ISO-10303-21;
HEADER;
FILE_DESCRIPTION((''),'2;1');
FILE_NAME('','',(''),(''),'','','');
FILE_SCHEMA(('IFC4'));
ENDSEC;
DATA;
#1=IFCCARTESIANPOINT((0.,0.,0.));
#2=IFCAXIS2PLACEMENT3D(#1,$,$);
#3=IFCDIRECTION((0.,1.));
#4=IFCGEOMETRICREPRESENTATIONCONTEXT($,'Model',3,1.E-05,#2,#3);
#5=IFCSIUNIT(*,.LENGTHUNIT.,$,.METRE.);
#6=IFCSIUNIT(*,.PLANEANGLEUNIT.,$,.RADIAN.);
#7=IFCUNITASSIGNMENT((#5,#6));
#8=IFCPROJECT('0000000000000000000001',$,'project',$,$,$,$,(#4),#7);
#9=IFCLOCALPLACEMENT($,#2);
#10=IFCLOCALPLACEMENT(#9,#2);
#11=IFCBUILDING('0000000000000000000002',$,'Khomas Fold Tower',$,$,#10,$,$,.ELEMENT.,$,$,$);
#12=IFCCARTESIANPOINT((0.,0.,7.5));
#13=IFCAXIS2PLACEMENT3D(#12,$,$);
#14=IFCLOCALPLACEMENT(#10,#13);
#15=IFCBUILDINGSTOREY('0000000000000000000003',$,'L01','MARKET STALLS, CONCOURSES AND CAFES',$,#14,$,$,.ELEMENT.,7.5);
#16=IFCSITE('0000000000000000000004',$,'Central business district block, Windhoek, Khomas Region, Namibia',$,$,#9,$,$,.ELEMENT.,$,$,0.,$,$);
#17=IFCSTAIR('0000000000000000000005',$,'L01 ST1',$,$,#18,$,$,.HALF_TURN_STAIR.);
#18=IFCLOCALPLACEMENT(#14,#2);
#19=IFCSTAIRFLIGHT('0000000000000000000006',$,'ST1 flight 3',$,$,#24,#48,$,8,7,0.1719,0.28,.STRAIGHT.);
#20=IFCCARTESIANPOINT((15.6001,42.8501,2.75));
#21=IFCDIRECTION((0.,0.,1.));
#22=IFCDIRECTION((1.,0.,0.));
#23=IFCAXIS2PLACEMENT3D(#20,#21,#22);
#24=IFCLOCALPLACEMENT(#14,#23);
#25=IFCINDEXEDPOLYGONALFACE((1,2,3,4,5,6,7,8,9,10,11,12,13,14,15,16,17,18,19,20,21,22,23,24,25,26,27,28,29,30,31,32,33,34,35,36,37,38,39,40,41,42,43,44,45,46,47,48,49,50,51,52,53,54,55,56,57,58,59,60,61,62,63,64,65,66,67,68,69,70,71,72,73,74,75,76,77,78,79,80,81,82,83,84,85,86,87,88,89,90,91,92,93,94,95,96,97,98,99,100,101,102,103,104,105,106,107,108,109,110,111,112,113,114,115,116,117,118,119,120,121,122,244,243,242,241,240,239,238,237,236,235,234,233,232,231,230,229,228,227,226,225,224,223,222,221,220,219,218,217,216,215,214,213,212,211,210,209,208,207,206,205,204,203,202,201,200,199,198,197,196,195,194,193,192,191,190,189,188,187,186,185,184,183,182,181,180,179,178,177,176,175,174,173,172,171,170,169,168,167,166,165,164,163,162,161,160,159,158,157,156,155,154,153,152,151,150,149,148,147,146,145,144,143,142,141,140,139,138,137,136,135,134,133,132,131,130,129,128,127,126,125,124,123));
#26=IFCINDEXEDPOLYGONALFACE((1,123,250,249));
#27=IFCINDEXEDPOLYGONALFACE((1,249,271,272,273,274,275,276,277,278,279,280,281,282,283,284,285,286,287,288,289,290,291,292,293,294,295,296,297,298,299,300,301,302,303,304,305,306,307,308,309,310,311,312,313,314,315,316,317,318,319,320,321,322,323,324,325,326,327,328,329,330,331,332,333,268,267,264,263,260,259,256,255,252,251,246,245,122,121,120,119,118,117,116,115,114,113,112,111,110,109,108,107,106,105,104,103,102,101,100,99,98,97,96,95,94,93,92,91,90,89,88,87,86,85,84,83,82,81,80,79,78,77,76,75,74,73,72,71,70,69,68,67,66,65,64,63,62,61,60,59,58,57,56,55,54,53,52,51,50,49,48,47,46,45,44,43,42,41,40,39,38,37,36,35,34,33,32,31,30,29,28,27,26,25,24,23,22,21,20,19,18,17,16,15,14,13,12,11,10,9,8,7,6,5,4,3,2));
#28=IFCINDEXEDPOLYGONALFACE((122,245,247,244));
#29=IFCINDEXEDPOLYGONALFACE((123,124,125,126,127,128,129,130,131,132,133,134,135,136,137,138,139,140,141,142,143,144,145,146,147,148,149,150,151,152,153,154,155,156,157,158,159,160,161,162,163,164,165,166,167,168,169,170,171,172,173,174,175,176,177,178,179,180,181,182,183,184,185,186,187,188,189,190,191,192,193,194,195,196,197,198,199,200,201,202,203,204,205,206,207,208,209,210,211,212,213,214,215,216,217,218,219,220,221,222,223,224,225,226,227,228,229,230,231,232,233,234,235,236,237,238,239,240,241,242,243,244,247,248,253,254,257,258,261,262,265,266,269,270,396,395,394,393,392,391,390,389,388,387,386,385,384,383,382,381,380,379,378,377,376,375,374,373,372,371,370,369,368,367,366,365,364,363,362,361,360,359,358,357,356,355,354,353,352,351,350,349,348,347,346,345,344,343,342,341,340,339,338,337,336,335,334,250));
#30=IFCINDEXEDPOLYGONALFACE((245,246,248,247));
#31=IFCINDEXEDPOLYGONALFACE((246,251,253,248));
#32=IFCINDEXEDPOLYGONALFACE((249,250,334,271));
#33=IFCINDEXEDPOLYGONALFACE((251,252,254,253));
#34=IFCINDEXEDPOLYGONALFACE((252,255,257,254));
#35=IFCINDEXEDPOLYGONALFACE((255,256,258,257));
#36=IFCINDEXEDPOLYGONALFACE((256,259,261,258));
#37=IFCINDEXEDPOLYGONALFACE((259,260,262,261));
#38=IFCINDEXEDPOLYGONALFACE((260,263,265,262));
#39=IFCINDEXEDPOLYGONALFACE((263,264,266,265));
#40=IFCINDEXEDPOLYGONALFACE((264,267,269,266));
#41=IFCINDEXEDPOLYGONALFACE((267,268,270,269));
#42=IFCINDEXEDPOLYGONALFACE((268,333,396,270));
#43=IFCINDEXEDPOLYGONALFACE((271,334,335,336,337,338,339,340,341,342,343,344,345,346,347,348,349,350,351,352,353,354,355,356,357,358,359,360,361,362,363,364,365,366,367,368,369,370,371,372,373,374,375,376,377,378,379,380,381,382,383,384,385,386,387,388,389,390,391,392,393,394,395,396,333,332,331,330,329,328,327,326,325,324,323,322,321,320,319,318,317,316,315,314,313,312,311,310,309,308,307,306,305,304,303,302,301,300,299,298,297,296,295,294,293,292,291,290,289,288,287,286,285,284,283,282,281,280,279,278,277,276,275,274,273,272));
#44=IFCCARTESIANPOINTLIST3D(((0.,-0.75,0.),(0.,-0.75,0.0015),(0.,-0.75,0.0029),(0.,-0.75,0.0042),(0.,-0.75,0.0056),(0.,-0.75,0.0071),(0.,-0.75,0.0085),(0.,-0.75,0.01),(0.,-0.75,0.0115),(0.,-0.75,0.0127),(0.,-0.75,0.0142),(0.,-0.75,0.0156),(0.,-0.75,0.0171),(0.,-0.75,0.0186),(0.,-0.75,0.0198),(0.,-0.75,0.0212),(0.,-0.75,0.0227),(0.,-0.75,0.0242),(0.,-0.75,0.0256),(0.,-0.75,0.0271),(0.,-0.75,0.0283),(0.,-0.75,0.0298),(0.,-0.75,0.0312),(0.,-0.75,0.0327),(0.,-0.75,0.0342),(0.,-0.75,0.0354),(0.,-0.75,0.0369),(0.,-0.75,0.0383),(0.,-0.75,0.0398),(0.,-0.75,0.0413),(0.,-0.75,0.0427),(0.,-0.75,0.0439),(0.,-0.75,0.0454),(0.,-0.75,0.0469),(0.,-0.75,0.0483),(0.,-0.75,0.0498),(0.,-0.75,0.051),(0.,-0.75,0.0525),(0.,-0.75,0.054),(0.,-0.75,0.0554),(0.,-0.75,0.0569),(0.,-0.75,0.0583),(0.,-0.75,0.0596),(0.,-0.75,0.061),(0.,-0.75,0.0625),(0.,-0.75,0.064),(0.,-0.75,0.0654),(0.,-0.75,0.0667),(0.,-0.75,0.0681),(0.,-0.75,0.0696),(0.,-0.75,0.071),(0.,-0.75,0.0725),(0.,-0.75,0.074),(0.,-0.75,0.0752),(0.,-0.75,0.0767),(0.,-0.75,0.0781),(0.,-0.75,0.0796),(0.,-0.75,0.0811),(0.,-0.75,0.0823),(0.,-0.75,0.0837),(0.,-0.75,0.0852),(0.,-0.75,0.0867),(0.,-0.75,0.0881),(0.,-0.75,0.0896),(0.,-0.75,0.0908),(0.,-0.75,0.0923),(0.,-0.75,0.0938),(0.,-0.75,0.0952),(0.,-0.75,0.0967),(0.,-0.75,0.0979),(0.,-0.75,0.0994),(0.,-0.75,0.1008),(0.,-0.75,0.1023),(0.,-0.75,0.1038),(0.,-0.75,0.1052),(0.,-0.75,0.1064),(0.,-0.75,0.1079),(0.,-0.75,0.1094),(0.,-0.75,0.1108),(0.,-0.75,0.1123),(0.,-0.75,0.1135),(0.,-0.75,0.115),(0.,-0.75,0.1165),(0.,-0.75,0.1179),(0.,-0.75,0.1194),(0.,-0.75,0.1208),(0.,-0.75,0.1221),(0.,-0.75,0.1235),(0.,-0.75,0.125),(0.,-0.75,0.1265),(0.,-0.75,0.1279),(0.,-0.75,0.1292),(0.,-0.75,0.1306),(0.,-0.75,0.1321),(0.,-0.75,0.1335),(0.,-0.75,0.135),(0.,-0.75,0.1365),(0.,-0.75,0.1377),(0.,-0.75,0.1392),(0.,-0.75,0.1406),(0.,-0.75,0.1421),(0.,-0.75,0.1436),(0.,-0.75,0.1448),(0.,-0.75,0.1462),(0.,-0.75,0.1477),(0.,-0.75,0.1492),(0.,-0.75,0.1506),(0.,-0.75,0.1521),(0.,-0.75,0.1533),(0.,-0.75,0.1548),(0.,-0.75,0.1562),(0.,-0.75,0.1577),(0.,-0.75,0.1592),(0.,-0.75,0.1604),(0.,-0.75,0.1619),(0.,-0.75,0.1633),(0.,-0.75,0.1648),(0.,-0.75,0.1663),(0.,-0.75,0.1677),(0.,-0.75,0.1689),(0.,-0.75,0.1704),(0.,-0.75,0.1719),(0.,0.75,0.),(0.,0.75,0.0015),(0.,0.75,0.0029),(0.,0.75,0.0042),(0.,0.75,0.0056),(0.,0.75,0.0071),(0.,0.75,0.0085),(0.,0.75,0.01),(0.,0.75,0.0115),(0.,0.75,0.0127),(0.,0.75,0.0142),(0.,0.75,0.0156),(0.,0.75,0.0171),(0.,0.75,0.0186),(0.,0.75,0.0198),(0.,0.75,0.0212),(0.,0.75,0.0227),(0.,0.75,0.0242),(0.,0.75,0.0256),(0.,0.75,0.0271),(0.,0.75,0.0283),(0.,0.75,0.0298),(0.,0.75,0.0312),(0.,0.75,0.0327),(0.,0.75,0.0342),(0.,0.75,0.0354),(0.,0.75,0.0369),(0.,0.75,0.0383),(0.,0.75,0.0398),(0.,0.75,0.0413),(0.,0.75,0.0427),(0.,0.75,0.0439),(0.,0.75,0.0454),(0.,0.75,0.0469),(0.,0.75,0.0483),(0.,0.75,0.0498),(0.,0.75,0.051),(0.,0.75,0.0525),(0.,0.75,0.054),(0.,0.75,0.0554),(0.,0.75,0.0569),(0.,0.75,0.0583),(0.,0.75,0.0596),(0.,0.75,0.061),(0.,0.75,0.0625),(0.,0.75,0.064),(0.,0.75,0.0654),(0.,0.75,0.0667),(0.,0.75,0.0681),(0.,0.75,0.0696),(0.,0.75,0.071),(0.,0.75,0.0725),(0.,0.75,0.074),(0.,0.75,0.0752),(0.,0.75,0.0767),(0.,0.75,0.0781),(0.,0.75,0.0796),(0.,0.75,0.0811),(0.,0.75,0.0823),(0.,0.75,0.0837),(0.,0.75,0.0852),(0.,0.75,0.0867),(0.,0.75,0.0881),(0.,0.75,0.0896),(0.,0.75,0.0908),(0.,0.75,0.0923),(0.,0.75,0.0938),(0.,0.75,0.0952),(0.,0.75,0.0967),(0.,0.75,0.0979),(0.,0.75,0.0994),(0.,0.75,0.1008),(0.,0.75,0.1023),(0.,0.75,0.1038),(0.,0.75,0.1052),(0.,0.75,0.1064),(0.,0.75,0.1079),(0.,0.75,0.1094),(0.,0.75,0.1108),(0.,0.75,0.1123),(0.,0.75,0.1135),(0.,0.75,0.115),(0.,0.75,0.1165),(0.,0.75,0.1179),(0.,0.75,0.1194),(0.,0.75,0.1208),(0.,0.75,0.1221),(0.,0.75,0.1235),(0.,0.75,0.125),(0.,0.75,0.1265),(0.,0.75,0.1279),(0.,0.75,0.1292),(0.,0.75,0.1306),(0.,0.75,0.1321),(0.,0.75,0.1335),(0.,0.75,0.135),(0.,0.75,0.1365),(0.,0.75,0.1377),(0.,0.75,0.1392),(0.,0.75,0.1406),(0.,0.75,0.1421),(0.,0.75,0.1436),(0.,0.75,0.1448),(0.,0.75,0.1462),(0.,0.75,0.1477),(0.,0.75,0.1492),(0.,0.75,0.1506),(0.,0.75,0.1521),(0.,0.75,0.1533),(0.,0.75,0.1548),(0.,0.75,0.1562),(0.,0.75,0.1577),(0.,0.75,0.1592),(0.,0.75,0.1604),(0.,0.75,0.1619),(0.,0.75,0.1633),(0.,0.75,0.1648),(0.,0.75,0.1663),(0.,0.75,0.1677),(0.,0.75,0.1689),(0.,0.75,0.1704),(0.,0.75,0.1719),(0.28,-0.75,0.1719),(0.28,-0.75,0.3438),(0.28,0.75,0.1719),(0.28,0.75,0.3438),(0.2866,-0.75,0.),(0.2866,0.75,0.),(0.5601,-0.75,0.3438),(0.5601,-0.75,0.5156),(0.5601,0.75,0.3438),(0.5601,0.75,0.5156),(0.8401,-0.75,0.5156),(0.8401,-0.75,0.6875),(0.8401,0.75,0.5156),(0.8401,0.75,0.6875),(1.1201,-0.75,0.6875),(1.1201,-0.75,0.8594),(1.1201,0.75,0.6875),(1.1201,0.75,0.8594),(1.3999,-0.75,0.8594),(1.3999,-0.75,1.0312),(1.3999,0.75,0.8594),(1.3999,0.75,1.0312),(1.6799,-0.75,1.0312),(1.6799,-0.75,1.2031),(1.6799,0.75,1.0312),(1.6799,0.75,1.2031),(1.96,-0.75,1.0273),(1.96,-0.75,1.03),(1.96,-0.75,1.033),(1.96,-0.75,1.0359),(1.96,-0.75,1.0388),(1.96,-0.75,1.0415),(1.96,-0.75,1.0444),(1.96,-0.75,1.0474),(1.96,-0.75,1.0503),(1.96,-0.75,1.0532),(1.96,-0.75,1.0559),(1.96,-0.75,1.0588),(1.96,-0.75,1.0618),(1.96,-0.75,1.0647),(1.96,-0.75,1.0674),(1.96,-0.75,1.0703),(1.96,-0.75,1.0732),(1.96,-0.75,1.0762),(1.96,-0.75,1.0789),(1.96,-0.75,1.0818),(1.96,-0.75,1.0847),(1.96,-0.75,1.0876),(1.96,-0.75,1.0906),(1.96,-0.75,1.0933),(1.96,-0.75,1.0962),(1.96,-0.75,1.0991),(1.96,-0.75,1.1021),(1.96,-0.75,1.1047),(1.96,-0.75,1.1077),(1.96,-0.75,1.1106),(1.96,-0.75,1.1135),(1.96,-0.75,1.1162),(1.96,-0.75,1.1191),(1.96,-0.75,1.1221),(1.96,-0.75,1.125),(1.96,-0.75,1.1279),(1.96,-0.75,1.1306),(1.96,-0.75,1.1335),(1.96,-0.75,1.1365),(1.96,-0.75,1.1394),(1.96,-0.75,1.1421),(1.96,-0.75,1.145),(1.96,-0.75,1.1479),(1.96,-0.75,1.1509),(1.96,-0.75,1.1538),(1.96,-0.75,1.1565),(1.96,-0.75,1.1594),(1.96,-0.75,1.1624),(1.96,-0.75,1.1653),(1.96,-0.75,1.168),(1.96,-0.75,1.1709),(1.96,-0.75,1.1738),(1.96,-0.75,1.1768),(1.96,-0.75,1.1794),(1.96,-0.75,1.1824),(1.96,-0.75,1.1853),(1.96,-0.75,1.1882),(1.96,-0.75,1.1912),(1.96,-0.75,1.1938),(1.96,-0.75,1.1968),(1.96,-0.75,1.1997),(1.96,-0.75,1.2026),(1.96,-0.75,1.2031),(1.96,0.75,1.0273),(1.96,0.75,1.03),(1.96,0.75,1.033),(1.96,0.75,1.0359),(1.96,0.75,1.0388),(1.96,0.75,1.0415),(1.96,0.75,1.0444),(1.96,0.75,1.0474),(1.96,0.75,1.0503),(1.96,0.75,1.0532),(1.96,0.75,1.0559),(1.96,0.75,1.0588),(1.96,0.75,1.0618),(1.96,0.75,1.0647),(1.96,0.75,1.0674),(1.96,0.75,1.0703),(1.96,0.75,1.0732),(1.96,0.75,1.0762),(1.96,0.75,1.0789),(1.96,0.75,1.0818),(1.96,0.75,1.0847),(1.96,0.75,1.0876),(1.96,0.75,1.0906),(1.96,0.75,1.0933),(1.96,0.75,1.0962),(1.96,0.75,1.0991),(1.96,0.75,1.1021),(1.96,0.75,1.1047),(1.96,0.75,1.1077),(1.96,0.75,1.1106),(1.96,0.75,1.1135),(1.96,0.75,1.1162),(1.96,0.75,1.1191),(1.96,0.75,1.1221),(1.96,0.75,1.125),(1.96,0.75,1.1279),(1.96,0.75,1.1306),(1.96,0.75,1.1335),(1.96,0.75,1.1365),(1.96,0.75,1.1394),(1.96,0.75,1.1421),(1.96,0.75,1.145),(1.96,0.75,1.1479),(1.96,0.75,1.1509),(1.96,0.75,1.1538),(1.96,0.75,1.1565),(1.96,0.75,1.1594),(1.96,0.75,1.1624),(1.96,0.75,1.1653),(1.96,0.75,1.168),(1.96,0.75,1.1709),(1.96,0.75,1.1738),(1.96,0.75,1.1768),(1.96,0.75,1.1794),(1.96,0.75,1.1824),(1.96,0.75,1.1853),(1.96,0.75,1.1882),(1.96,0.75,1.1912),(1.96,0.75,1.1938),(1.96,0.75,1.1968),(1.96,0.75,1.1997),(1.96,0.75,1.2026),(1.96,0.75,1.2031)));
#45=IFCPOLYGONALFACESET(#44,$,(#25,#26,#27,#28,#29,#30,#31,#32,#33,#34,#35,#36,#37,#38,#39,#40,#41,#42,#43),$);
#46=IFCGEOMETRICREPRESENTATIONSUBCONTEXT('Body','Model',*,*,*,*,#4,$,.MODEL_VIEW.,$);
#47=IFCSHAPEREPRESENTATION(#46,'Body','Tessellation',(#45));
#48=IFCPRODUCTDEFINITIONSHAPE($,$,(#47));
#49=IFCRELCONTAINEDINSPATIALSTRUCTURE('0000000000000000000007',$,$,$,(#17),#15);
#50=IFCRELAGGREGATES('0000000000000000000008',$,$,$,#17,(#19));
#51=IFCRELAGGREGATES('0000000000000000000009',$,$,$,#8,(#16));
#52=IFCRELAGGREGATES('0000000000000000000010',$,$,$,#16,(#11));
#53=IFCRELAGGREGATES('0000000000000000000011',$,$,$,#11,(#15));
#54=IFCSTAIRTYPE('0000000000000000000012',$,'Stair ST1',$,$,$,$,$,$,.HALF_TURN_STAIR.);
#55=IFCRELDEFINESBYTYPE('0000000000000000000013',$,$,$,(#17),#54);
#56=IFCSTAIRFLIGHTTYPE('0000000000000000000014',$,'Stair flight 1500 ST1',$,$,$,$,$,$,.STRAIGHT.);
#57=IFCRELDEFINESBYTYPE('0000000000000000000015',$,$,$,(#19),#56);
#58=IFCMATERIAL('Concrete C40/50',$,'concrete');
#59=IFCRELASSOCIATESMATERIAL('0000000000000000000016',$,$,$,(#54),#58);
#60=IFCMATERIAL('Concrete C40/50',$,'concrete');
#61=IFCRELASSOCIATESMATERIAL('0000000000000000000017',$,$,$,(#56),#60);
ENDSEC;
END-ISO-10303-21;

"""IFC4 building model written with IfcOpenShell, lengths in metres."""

from ifc_helpers import new_model, si_unit, direction, frame, origin, place, context, subcontext, project, spatial, polyline, outline, extrude, source, transform, mapped, material, type_object, element, aggregate, save


model = new_model("IFC4")

# Units and contexts
model_context = context("Model", 3, precision=1e-05, world=origin(), true_north=direction((0.0, 1.0)))
body_context = subcontext(model_context, "Body", "Model", "MODEL_VIEW")
ifc_project = project(units=[si_unit("LENGTHUNIT", "METRE"), si_unit("PLANEANGLEUNIT", "RADIAN")], contexts=[model_context])

# Site, building, storey
site_placement = place(None, origin())
site = spatial("IfcSite", under=ifc_project, at=site_placement, Name="Central business district block, Windhoek, Khomas Region, Namibia", CompositionType="ELEMENT", RefElevation=0.0)
building_placement = place(site_placement, origin())
building = spatial("IfcBuilding", under=site, at=building_placement, Name="Khomas Fold Tower", CompositionType="ELEMENT")
storey_placement = place(building_placement, frame((0.0, 0.0, 7.5)))
storey = spatial("IfcBuildingStorey", under=building, at=storey_placement, Name="L01", Description="MARKET STALLS, CONCOURSES AND CAFES", CompositionType="ELEMENT", Elevation=7.5)

# Stair, stair flight
ifc_material_1 = material(Name="Concrete C40/50", Category="concrete")
stair_type = type_object("IfcStairType", Name="Stair ST1", PredefinedType="HALF_TURN_STAIR", material=ifc_material_1)
stair_placement = place(storey_placement, origin())
stair = element("IfcStair", 1, at=stair_placement, inside=storey, type_object=stair_type, Name="L01 ST1", PredefinedType="HALF_TURN_STAIR")
ifc_material_2 = material(Name="Concrete C40/50", Category="concrete")
stair_flight_type = type_object("IfcStairFlightType", Name="Stair flight 1500 ST1", PredefinedType="STRAIGHT", material=ifc_material_2)
shared_shape_1 = source(origin(), body_context, "Body", "SweptSolid", [
    extrude(outline(polyline([(0.0, 0.0), (0.0, 0.0015), (0.0, 0.0029), (0.0, 0.0042), (0.0, 0.0056), (0.0, 0.0071), (0.0, 0.0085), (0.0, 0.01), (0.0, 0.0115), (0.0, 0.0127), (0.0, 0.0142), (0.0, 0.0156), (0.0, 0.0171), (0.0, 0.0186), (0.0, 0.0198), (0.0, 0.0212), (0.0, 0.0227), (0.0, 0.0242), (0.0, 0.0256), (0.0, 0.0271), (0.0, 0.0283), (0.0, 0.0298), (0.0, 0.0312), (0.0, 0.0327), (0.0, 0.0342), (0.0, 0.0354), (0.0, 0.0369), (0.0, 0.0383), (0.0, 0.0398), (0.0, 0.0413), (0.0, 0.0427), (0.0, 0.0439), (0.0, 0.0454), (0.0, 0.0469), (0.0, 0.0483), (0.0, 0.0498), (0.0, 0.051), (0.0, 0.0525), (0.0, 0.054), (0.0, 0.0554), (0.0, 0.0569), (0.0, 0.0583), (0.0, 0.0596), (0.0, 0.061), (0.0, 0.0625), (0.0, 0.064), (0.0, 0.0654), (0.0, 0.0667), (0.0, 0.0681), (0.0, 0.0696), (0.0, 0.071), (0.0, 0.0725), (0.0, 0.074), (0.0, 0.0752), (0.0, 0.0767), (0.0, 0.0781), (0.0, 0.0796), (0.0, 0.0811), (0.0, 0.0823), (0.0, 0.0837), (0.0, 0.0852), (0.0, 0.0867), (0.0, 0.0881), (0.0, 0.0896), (0.0, 0.0908), (0.0, 0.0923), (0.0, 0.0938), (0.0, 0.0952), (0.0, 0.0967), (0.0, 0.0979), (0.0, 0.0994), (0.0, 0.1008), (0.0, 0.1023), (0.0, 0.1038), (0.0, 0.1052), (0.0, 0.1064), (0.0, 0.1079), (0.0, 0.1094), (0.0, 0.1108), (0.0, 0.1123), (0.0, 0.1135), (0.0, 0.115), (0.0, 0.1165), (0.0, 0.1179), (0.0, 0.1194), (0.0, 0.1208), (0.0, 0.1221), (0.0, 0.1235), (0.0, 0.125), (0.0, 0.1265), (0.0, 0.1279), (0.0, 0.1292), (0.0, 0.1306), (0.0, 0.1321), (0.0, 0.1335), (0.0, 0.135), (0.0, 0.1365), (0.0, 0.1377), (0.0, 0.1392), (0.0, 0.1406), (0.0, 0.1421), (0.0, 0.1436), (0.0, 0.1448), (0.0, 0.1462), (0.0, 0.1477), (0.0, 0.1492), (0.0, 0.1506), (0.0, 0.1521), (0.0, 0.1533), (0.0, 0.1548), (0.0, 0.1562), (0.0, 0.1577), (0.0, 0.1592), (0.0, 0.1604), (0.0, 0.1619), (0.0, 0.1633), (0.0, 0.1648), (0.0, 0.1663), (0.0, 0.1677), (0.0, 0.1689), (0.0, 0.1704), (0.0, 0.1719), (0.28, 0.1719), (0.28, 0.3438), (0.5601, 0.3438), (0.5601, 0.5156), (0.8401, 0.5156), (0.8401, 0.6875), (1.1201, 0.6875), (1.1201, 0.8594), (1.3999, 0.8594), (1.3999, 1.0312), (1.6799, 1.0312), (1.6799, 1.2031), (1.96, 1.2031), (1.96, 1.375), (1.96, 1.3721), (1.96, 1.3691), (1.96, 1.3665), (1.96, 1.3635), (1.96, 1.3606), (1.96, 1.3577), (1.96, 1.355), (1.96, 1.3521), (1.96, 1.3491), (1.96, 1.3462), (1.96, 1.3435), (1.96, 1.3406), (1.96, 1.3376), (1.96, 1.3347), (1.96, 1.3318), (1.96, 1.3291), (1.96, 1.3262), (1.96, 1.3232), (1.96, 1.3203), (1.96, 1.3176), (1.96, 1.3147), (1.96, 1.3118), (1.96, 1.3088), (1.96, 1.3059), (1.96, 1.3032), (1.96, 1.3003), (1.96, 1.2974), (1.96, 1.2944), (1.96, 1.2917), (1.96, 1.2888), (1.96, 1.2859), (1.96, 1.283), (1.96, 1.2803), (1.96, 1.2773), (1.96, 1.2744), (1.96, 1.2715), (1.96, 1.2686), (1.96, 1.2659), (1.96, 1.2629), (1.96, 1.26), (1.96, 1.2571), (1.96, 1.2544), (1.96, 1.2515), (1.96, 1.2485), (1.96, 1.2456), (1.96, 1.2427), (1.96, 1.24), (1.96, 1.2371), (1.96, 1.2341), (1.96, 1.2312), (1.96, 1.2285), (1.96, 1.2256), (1.96, 1.2227), (1.96, 1.2197), (1.96, 1.217), (1.96, 1.2141), (1.96, 1.2112), (1.96, 1.2083), (1.96, 1.2053), (1.96, 1.2026), (1.96, 1.1997), (1.96, 1.1968), (1.96, 1.1938), (1.96, 1.1912), (1.96, 1.1882), (1.96, 1.1853), (1.96, 1.1824), (1.96, 1.1794), (1.96, 1.1768), (1.96, 1.1738), (1.96, 1.1709), (1.96, 1.168), (1.96, 1.1653), (1.96, 1.1624), (1.96, 1.1594), (1.96, 1.1565), (1.96, 1.1538), (1.96, 1.1509), (1.96, 1.1479), (1.96, 1.145), (1.96, 1.1421), (1.96, 1.1394), (1.96, 1.1365), (1.96, 1.1335), (1.96, 1.1306), (1.96, 1.1279), (1.96, 1.125), (1.96, 1.1221), (1.96, 1.1191), (1.96, 1.1162), (1.96, 1.1135), (1.96, 1.1106), (1.96, 1.1077), (1.96, 1.1047), (1.96, 1.1021), (1.96, 1.0991), (1.96, 1.0962), (1.96, 1.0933), (1.96, 1.0906), (1.96, 1.0876), (1.96, 1.0847), (1.96, 1.0818), (1.96, 1.0789), (1.96, 1.0762), (1.96, 1.0732), (1.96, 1.0703), (1.96, 1.0674), (1.96, 1.0647), (1.96, 1.0618), (1.96, 1.0588), (1.96, 1.0559), (1.96, 1.0532), (1.96, 1.0503), (1.96, 1.0474), (1.96, 1.0444), (1.96, 1.0415), (1.96, 1.0388), (1.96, 1.0359), (1.96, 1.033), (1.96, 1.03), (1.96, 1.0273), (0.2866, 0.0), (0.0, 0.0)])), frame((0.0, 0.75, 0.0), z_axis=(0.0, -1.0, 0.0), x_axis=(1.0, 0.0, 0.0)), (0.0, 0.0, 1.0), 1.5),
])
stair_flight_1_placement = place(storey_placement, frame((15.6001, 42.8501, 2.75), z_axis=(0.0, 0.0, 1.0), x_axis=(1.0, 0.0, 0.0)))
stair_flight_1 = element("IfcStairFlight", 2, at=stair_flight_1_placement, type_object=stair_flight_type, Name="ST1 flight 3", NumberOfRisers=8, NumberOfTreads=7, PredefinedType="STRAIGHT", RiserHeight=0.1719, TreadLength=0.28, context=body_context, shape_type="MappedRepresentation", body=[
    mapped(shared_shape_1, transform((0.0, 0.0, 0.0))),
])
aggregate(stair, [stair_flight_1])

save(model, "model.ifc")
